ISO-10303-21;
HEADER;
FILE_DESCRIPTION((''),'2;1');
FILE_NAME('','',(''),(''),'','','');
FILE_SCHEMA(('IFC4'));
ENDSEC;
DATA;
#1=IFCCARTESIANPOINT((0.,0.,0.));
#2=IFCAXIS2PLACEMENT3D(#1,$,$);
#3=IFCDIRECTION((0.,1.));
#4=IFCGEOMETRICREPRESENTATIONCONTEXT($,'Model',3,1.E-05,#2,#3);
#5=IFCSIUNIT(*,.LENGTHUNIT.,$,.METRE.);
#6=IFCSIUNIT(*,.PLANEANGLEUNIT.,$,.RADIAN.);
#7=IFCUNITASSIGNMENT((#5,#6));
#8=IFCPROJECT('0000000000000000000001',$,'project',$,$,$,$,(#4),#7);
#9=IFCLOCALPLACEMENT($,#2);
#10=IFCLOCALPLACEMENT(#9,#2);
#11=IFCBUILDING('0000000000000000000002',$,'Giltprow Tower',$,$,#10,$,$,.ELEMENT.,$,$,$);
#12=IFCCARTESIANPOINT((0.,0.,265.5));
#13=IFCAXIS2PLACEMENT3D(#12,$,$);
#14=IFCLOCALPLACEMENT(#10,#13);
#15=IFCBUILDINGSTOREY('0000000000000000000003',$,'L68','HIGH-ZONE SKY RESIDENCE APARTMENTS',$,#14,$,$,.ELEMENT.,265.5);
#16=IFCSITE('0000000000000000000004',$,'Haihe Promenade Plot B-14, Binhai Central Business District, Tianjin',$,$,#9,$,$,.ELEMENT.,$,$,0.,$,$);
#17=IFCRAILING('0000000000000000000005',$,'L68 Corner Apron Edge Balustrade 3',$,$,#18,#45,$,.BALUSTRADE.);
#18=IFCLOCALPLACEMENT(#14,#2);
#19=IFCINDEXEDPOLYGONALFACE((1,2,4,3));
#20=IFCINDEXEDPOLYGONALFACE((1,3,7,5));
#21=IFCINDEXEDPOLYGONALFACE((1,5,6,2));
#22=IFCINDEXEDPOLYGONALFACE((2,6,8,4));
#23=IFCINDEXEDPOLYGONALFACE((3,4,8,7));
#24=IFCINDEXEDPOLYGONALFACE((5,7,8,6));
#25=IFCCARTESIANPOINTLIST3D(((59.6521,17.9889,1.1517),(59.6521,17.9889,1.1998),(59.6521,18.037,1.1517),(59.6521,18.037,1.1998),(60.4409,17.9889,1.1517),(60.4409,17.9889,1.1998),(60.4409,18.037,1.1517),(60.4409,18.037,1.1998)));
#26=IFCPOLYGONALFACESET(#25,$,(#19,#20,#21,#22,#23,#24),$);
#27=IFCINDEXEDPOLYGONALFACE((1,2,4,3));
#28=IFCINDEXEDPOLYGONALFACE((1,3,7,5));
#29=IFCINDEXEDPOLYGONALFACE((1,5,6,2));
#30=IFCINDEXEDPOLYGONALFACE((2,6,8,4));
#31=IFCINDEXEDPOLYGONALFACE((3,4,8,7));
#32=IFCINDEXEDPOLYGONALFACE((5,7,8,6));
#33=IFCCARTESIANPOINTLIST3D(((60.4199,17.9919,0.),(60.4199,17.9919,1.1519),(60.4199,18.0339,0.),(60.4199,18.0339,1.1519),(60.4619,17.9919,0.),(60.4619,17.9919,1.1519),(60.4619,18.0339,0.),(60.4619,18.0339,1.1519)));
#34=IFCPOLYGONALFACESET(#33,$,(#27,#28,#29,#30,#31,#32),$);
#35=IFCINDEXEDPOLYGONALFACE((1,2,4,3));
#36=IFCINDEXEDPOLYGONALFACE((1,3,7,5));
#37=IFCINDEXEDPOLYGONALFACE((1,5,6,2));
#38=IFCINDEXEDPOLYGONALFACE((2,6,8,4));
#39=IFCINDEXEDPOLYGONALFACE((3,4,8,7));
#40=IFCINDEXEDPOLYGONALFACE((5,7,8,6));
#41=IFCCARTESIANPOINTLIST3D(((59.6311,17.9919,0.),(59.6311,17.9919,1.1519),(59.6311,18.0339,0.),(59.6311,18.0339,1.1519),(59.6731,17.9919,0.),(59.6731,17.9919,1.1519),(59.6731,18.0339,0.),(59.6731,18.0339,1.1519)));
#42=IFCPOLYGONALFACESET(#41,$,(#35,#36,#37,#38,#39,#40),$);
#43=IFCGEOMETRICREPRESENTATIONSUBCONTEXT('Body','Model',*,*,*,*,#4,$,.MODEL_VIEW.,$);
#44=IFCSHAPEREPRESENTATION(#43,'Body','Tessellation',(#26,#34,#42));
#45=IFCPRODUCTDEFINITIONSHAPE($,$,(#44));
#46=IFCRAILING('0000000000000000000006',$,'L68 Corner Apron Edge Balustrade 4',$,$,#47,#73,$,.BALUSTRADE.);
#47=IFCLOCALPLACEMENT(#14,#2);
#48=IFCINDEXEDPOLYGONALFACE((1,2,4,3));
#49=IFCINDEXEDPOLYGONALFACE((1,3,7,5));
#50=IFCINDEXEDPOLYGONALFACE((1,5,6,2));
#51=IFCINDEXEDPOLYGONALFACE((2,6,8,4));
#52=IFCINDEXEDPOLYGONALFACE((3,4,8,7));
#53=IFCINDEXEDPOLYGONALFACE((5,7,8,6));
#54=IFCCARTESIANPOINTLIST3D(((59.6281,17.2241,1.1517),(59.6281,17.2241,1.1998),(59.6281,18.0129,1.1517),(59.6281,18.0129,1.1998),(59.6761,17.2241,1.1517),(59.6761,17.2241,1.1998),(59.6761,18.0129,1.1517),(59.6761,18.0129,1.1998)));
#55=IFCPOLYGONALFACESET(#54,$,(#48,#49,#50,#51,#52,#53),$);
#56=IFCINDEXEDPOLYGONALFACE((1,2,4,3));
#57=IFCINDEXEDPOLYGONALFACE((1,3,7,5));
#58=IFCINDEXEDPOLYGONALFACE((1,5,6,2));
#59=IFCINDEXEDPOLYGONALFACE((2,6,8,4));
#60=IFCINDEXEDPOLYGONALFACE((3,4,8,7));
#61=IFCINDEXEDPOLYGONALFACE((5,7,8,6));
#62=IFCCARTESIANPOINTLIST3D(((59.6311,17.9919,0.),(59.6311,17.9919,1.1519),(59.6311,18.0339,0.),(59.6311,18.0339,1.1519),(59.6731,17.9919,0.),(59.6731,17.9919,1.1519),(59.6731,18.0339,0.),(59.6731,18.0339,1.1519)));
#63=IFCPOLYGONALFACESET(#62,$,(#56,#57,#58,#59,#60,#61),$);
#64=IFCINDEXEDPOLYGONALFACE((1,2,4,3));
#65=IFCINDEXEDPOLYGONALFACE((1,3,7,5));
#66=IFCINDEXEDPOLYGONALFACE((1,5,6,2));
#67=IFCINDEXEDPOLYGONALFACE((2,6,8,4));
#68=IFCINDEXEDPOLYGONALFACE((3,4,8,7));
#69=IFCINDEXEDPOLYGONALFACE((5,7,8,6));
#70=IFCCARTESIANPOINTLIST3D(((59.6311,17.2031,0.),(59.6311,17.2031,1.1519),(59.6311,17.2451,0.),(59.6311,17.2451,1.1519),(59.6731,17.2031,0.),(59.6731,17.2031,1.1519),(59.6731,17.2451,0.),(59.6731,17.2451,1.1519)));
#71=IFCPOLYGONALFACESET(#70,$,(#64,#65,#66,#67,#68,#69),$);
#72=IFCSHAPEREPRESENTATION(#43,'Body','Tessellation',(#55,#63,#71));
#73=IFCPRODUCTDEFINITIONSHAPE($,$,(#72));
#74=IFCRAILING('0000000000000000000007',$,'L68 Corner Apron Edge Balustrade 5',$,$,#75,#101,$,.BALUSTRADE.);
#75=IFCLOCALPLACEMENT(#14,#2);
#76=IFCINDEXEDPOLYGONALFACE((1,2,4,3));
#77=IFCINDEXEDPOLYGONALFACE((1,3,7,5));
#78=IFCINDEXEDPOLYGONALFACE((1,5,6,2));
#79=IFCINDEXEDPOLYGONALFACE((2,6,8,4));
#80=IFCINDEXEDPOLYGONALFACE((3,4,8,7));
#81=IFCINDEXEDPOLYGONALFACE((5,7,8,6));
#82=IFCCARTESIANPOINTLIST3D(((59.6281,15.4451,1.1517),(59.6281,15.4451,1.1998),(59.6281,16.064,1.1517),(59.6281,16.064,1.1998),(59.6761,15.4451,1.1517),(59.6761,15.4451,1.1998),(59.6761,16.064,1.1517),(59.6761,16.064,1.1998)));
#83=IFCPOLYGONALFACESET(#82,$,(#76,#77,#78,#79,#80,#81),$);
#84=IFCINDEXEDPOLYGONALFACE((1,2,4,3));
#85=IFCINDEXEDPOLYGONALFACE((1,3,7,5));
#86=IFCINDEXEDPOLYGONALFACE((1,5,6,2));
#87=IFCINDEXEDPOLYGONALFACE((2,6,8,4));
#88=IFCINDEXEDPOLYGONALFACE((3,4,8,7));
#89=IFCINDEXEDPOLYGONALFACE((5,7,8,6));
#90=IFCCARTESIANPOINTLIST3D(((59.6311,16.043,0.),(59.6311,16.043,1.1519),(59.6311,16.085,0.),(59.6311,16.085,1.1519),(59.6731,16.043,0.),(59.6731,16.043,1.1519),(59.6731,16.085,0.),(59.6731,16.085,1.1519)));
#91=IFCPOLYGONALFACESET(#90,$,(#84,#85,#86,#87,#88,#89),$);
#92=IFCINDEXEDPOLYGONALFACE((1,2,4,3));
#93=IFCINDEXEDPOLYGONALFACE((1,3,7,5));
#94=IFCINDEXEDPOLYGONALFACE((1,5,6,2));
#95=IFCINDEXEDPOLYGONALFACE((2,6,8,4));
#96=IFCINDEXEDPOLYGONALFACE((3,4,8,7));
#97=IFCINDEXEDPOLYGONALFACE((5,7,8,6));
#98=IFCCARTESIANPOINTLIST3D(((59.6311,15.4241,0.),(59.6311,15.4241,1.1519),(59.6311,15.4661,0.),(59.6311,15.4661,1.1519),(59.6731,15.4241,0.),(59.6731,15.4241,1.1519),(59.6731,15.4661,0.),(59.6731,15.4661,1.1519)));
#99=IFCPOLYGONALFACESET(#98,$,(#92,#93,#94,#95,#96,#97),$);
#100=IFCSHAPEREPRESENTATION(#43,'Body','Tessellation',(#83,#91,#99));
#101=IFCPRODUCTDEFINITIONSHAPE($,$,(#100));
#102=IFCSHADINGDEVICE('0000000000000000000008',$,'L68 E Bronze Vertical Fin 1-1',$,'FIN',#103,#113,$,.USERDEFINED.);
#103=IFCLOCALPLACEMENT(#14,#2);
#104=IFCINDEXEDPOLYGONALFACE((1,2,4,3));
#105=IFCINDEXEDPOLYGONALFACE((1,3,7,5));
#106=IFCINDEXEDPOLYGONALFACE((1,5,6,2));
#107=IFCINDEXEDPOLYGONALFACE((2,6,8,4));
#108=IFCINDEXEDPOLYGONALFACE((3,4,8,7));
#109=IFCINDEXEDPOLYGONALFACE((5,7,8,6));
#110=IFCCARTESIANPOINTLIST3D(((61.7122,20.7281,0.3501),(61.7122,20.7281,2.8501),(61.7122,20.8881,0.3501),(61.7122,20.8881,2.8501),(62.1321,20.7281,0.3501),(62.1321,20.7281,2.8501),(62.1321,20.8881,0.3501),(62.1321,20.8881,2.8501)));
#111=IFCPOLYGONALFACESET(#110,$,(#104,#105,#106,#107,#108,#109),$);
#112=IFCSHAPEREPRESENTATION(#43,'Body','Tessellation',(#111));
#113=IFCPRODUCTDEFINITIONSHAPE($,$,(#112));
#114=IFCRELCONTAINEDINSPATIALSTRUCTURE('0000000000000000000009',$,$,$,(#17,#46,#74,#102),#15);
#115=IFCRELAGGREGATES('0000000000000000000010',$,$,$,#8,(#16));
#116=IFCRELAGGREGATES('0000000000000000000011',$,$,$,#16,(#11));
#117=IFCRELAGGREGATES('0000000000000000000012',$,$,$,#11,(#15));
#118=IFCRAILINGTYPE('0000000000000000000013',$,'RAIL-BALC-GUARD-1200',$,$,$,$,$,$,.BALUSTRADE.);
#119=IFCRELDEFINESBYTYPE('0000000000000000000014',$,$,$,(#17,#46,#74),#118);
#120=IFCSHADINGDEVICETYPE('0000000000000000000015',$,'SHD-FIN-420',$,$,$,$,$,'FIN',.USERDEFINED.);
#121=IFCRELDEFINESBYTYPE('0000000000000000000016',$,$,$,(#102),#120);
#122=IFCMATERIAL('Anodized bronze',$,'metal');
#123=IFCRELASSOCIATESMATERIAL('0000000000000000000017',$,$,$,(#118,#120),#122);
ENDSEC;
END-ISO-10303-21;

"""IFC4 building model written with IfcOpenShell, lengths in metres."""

from ifc_helpers import new_model, si_unit, direction, frame, origin, origin_2d, place, context, subcontext, project, spatial, rectangle, extrude, source, transform, mapped, material, type_object, element, save


model = new_model("IFC4")

# Units and contexts
model_context = context("Model", 3, precision=1e-05, world=origin(), true_north=direction((0.0, 1.0)))
body_context = subcontext(model_context, "Body", "Model", "MODEL_VIEW")
ifc_project = project(units=[si_unit("LENGTHUNIT", "METRE"), si_unit("PLANEANGLEUNIT", "RADIAN")], contexts=[model_context])

# Site, building, storey
site_placement = place(None, origin())
site = spatial("IfcSite", under=ifc_project, at=site_placement, Name="Haihe Promenade Plot B-14, Binhai Central Business District, Tianjin", CompositionType="ELEMENT", RefElevation=0.0)
building_placement = place(site_placement, origin())
building = spatial("IfcBuilding", under=site, at=building_placement, Name="Giltprow Tower", CompositionType="ELEMENT")
storey_placement = place(building_placement, frame((0.0, 0.0, 265.5)))
storey = spatial("IfcBuildingStorey", under=building, at=storey_placement, Name="L68", Description="HIGH-ZONE SKY RESIDENCE APARTMENTS", CompositionType="ELEMENT", Elevation=265.5)

# Shared definitions
ifc_material_1 = material(Name="Anodized bronze", Category="metal")

# Railings
railing_type = type_object("IfcRailingType", Name="RAIL-BALC-GUARD-1200", PredefinedType="BALUSTRADE", material=ifc_material_1)
railing_1_placement = place(storey_placement, frame((60.4409, 18.0129, 0.0)))
element("IfcRailing", 1, at=railing_1_placement, inside=storey, type_object=railing_type, Name="L68 Corner Apron Edge Balustrade 3", PredefinedType="BALUSTRADE", context=body_context, shape_type="SweptSolid", body=[
    extrude(rectangle(XDim=0.0481, YDim=0.0481, at=origin_2d()), frame((0.0, 0.0, 1.1758), z_axis=(-1.0, 0.0, 0.0), x_axis=(0.0, -1.0, 0.0)), (0.0, 0.0, 1.0), 0.7888),
    extrude(rectangle(XDim=0.042, YDim=0.042, at=origin_2d()), origin(), (0.0, 0.0, 1.0), 1.1519),
    extrude(rectangle(XDim=0.042, YDim=0.042, at=origin_2d()), frame((-0.7888, 0.0, 0.0)), (0.0, 0.0, 1.0), 1.1519),
])
railing_2_placement = place(storey_placement, frame((59.6521, 18.0129, 0.0)))
element("IfcRailing", 2, at=railing_2_placement, inside=storey, type_object=railing_type, Name="L68 Corner Apron Edge Balustrade 4", PredefinedType="BALUSTRADE", context=body_context, shape_type="SweptSolid", body=[
    extrude(rectangle(XDim=0.0481, YDim=0.0481, at=origin_2d()), frame((0.0, 0.0, 1.1758), z_axis=(0.0, -1.0, 0.0), x_axis=(1.0, 0.0, 0.0)), (0.0, 0.0, 1.0), 0.7888),
    extrude(rectangle(XDim=0.042, YDim=0.042, at=origin_2d()), origin(), (0.0, 0.0, 1.0), 1.1519),
    extrude(rectangle(XDim=0.042, YDim=0.042, at=origin_2d()), frame((0.0, -0.7888, 0.0)), (0.0, 0.0, 1.0), 1.1519),
])
railing_3_placement = place(storey_placement, frame((59.6521, 16.064, 0.0)))
element("IfcRailing", 3, at=railing_3_placement, inside=storey, type_object=railing_type, Name="L68 Corner Apron Edge Balustrade 5", PredefinedType="BALUSTRADE", context=body_context, shape_type="SweptSolid", body=[
    extrude(rectangle(XDim=0.0481, YDim=0.0481, at=origin_2d()), frame((0.0, 0.0, 1.1758), z_axis=(0.0, -1.0, 0.0), x_axis=(1.0, 0.0, 0.0)), (0.0, 0.0, 1.0), 0.6189),
    extrude(rectangle(XDim=0.042, YDim=0.042, at=origin_2d()), origin(), (0.0, 0.0, 1.0), 1.1519),
    extrude(rectangle(XDim=0.042, YDim=0.042, at=origin_2d()), frame((0.0, -0.6189, 0.0)), (0.0, 0.0, 1.0), 1.1519),
])

# Shading device
shading_device_type = type_object("IfcShadingDeviceType", Name="SHD-FIN-420", ElementType="FIN", PredefinedType="USERDEFINED", material=ifc_material_1)
shared_shape_1 = source(origin(), body_context, "Body", "SweptSolid", [
    extrude(rectangle(XDim=0.4199, YDim=0.1599, at=origin_2d()), origin(), (0.0, 0.0, 1.0), 2.5),
])
shading_device_placement = place(storey_placement, frame((61.9221, 20.8081, 0.3501), z_axis=(0.0, 0.0, 1.0), x_axis=(1.0, 0.0, 0.0)))
element("IfcShadingDevice", 4, at=shading_device_placement, inside=storey, type_object=shading_device_type, Name="L68 E Bronze Vertical Fin 1-1", ObjectType="FIN", PredefinedType="USERDEFINED", context=body_context, shape_type="MappedRepresentation", body=[
    mapped(shared_shape_1, transform((0.0, 0.0, 0.0), x_axis=(1.0, 0.0, 0.0), y_axis=(0.0, 1.0, 0.0), z_axis=(0.0, 0.0, 1.0), scale=1.0)),
])

save(model, "model.ifc")
